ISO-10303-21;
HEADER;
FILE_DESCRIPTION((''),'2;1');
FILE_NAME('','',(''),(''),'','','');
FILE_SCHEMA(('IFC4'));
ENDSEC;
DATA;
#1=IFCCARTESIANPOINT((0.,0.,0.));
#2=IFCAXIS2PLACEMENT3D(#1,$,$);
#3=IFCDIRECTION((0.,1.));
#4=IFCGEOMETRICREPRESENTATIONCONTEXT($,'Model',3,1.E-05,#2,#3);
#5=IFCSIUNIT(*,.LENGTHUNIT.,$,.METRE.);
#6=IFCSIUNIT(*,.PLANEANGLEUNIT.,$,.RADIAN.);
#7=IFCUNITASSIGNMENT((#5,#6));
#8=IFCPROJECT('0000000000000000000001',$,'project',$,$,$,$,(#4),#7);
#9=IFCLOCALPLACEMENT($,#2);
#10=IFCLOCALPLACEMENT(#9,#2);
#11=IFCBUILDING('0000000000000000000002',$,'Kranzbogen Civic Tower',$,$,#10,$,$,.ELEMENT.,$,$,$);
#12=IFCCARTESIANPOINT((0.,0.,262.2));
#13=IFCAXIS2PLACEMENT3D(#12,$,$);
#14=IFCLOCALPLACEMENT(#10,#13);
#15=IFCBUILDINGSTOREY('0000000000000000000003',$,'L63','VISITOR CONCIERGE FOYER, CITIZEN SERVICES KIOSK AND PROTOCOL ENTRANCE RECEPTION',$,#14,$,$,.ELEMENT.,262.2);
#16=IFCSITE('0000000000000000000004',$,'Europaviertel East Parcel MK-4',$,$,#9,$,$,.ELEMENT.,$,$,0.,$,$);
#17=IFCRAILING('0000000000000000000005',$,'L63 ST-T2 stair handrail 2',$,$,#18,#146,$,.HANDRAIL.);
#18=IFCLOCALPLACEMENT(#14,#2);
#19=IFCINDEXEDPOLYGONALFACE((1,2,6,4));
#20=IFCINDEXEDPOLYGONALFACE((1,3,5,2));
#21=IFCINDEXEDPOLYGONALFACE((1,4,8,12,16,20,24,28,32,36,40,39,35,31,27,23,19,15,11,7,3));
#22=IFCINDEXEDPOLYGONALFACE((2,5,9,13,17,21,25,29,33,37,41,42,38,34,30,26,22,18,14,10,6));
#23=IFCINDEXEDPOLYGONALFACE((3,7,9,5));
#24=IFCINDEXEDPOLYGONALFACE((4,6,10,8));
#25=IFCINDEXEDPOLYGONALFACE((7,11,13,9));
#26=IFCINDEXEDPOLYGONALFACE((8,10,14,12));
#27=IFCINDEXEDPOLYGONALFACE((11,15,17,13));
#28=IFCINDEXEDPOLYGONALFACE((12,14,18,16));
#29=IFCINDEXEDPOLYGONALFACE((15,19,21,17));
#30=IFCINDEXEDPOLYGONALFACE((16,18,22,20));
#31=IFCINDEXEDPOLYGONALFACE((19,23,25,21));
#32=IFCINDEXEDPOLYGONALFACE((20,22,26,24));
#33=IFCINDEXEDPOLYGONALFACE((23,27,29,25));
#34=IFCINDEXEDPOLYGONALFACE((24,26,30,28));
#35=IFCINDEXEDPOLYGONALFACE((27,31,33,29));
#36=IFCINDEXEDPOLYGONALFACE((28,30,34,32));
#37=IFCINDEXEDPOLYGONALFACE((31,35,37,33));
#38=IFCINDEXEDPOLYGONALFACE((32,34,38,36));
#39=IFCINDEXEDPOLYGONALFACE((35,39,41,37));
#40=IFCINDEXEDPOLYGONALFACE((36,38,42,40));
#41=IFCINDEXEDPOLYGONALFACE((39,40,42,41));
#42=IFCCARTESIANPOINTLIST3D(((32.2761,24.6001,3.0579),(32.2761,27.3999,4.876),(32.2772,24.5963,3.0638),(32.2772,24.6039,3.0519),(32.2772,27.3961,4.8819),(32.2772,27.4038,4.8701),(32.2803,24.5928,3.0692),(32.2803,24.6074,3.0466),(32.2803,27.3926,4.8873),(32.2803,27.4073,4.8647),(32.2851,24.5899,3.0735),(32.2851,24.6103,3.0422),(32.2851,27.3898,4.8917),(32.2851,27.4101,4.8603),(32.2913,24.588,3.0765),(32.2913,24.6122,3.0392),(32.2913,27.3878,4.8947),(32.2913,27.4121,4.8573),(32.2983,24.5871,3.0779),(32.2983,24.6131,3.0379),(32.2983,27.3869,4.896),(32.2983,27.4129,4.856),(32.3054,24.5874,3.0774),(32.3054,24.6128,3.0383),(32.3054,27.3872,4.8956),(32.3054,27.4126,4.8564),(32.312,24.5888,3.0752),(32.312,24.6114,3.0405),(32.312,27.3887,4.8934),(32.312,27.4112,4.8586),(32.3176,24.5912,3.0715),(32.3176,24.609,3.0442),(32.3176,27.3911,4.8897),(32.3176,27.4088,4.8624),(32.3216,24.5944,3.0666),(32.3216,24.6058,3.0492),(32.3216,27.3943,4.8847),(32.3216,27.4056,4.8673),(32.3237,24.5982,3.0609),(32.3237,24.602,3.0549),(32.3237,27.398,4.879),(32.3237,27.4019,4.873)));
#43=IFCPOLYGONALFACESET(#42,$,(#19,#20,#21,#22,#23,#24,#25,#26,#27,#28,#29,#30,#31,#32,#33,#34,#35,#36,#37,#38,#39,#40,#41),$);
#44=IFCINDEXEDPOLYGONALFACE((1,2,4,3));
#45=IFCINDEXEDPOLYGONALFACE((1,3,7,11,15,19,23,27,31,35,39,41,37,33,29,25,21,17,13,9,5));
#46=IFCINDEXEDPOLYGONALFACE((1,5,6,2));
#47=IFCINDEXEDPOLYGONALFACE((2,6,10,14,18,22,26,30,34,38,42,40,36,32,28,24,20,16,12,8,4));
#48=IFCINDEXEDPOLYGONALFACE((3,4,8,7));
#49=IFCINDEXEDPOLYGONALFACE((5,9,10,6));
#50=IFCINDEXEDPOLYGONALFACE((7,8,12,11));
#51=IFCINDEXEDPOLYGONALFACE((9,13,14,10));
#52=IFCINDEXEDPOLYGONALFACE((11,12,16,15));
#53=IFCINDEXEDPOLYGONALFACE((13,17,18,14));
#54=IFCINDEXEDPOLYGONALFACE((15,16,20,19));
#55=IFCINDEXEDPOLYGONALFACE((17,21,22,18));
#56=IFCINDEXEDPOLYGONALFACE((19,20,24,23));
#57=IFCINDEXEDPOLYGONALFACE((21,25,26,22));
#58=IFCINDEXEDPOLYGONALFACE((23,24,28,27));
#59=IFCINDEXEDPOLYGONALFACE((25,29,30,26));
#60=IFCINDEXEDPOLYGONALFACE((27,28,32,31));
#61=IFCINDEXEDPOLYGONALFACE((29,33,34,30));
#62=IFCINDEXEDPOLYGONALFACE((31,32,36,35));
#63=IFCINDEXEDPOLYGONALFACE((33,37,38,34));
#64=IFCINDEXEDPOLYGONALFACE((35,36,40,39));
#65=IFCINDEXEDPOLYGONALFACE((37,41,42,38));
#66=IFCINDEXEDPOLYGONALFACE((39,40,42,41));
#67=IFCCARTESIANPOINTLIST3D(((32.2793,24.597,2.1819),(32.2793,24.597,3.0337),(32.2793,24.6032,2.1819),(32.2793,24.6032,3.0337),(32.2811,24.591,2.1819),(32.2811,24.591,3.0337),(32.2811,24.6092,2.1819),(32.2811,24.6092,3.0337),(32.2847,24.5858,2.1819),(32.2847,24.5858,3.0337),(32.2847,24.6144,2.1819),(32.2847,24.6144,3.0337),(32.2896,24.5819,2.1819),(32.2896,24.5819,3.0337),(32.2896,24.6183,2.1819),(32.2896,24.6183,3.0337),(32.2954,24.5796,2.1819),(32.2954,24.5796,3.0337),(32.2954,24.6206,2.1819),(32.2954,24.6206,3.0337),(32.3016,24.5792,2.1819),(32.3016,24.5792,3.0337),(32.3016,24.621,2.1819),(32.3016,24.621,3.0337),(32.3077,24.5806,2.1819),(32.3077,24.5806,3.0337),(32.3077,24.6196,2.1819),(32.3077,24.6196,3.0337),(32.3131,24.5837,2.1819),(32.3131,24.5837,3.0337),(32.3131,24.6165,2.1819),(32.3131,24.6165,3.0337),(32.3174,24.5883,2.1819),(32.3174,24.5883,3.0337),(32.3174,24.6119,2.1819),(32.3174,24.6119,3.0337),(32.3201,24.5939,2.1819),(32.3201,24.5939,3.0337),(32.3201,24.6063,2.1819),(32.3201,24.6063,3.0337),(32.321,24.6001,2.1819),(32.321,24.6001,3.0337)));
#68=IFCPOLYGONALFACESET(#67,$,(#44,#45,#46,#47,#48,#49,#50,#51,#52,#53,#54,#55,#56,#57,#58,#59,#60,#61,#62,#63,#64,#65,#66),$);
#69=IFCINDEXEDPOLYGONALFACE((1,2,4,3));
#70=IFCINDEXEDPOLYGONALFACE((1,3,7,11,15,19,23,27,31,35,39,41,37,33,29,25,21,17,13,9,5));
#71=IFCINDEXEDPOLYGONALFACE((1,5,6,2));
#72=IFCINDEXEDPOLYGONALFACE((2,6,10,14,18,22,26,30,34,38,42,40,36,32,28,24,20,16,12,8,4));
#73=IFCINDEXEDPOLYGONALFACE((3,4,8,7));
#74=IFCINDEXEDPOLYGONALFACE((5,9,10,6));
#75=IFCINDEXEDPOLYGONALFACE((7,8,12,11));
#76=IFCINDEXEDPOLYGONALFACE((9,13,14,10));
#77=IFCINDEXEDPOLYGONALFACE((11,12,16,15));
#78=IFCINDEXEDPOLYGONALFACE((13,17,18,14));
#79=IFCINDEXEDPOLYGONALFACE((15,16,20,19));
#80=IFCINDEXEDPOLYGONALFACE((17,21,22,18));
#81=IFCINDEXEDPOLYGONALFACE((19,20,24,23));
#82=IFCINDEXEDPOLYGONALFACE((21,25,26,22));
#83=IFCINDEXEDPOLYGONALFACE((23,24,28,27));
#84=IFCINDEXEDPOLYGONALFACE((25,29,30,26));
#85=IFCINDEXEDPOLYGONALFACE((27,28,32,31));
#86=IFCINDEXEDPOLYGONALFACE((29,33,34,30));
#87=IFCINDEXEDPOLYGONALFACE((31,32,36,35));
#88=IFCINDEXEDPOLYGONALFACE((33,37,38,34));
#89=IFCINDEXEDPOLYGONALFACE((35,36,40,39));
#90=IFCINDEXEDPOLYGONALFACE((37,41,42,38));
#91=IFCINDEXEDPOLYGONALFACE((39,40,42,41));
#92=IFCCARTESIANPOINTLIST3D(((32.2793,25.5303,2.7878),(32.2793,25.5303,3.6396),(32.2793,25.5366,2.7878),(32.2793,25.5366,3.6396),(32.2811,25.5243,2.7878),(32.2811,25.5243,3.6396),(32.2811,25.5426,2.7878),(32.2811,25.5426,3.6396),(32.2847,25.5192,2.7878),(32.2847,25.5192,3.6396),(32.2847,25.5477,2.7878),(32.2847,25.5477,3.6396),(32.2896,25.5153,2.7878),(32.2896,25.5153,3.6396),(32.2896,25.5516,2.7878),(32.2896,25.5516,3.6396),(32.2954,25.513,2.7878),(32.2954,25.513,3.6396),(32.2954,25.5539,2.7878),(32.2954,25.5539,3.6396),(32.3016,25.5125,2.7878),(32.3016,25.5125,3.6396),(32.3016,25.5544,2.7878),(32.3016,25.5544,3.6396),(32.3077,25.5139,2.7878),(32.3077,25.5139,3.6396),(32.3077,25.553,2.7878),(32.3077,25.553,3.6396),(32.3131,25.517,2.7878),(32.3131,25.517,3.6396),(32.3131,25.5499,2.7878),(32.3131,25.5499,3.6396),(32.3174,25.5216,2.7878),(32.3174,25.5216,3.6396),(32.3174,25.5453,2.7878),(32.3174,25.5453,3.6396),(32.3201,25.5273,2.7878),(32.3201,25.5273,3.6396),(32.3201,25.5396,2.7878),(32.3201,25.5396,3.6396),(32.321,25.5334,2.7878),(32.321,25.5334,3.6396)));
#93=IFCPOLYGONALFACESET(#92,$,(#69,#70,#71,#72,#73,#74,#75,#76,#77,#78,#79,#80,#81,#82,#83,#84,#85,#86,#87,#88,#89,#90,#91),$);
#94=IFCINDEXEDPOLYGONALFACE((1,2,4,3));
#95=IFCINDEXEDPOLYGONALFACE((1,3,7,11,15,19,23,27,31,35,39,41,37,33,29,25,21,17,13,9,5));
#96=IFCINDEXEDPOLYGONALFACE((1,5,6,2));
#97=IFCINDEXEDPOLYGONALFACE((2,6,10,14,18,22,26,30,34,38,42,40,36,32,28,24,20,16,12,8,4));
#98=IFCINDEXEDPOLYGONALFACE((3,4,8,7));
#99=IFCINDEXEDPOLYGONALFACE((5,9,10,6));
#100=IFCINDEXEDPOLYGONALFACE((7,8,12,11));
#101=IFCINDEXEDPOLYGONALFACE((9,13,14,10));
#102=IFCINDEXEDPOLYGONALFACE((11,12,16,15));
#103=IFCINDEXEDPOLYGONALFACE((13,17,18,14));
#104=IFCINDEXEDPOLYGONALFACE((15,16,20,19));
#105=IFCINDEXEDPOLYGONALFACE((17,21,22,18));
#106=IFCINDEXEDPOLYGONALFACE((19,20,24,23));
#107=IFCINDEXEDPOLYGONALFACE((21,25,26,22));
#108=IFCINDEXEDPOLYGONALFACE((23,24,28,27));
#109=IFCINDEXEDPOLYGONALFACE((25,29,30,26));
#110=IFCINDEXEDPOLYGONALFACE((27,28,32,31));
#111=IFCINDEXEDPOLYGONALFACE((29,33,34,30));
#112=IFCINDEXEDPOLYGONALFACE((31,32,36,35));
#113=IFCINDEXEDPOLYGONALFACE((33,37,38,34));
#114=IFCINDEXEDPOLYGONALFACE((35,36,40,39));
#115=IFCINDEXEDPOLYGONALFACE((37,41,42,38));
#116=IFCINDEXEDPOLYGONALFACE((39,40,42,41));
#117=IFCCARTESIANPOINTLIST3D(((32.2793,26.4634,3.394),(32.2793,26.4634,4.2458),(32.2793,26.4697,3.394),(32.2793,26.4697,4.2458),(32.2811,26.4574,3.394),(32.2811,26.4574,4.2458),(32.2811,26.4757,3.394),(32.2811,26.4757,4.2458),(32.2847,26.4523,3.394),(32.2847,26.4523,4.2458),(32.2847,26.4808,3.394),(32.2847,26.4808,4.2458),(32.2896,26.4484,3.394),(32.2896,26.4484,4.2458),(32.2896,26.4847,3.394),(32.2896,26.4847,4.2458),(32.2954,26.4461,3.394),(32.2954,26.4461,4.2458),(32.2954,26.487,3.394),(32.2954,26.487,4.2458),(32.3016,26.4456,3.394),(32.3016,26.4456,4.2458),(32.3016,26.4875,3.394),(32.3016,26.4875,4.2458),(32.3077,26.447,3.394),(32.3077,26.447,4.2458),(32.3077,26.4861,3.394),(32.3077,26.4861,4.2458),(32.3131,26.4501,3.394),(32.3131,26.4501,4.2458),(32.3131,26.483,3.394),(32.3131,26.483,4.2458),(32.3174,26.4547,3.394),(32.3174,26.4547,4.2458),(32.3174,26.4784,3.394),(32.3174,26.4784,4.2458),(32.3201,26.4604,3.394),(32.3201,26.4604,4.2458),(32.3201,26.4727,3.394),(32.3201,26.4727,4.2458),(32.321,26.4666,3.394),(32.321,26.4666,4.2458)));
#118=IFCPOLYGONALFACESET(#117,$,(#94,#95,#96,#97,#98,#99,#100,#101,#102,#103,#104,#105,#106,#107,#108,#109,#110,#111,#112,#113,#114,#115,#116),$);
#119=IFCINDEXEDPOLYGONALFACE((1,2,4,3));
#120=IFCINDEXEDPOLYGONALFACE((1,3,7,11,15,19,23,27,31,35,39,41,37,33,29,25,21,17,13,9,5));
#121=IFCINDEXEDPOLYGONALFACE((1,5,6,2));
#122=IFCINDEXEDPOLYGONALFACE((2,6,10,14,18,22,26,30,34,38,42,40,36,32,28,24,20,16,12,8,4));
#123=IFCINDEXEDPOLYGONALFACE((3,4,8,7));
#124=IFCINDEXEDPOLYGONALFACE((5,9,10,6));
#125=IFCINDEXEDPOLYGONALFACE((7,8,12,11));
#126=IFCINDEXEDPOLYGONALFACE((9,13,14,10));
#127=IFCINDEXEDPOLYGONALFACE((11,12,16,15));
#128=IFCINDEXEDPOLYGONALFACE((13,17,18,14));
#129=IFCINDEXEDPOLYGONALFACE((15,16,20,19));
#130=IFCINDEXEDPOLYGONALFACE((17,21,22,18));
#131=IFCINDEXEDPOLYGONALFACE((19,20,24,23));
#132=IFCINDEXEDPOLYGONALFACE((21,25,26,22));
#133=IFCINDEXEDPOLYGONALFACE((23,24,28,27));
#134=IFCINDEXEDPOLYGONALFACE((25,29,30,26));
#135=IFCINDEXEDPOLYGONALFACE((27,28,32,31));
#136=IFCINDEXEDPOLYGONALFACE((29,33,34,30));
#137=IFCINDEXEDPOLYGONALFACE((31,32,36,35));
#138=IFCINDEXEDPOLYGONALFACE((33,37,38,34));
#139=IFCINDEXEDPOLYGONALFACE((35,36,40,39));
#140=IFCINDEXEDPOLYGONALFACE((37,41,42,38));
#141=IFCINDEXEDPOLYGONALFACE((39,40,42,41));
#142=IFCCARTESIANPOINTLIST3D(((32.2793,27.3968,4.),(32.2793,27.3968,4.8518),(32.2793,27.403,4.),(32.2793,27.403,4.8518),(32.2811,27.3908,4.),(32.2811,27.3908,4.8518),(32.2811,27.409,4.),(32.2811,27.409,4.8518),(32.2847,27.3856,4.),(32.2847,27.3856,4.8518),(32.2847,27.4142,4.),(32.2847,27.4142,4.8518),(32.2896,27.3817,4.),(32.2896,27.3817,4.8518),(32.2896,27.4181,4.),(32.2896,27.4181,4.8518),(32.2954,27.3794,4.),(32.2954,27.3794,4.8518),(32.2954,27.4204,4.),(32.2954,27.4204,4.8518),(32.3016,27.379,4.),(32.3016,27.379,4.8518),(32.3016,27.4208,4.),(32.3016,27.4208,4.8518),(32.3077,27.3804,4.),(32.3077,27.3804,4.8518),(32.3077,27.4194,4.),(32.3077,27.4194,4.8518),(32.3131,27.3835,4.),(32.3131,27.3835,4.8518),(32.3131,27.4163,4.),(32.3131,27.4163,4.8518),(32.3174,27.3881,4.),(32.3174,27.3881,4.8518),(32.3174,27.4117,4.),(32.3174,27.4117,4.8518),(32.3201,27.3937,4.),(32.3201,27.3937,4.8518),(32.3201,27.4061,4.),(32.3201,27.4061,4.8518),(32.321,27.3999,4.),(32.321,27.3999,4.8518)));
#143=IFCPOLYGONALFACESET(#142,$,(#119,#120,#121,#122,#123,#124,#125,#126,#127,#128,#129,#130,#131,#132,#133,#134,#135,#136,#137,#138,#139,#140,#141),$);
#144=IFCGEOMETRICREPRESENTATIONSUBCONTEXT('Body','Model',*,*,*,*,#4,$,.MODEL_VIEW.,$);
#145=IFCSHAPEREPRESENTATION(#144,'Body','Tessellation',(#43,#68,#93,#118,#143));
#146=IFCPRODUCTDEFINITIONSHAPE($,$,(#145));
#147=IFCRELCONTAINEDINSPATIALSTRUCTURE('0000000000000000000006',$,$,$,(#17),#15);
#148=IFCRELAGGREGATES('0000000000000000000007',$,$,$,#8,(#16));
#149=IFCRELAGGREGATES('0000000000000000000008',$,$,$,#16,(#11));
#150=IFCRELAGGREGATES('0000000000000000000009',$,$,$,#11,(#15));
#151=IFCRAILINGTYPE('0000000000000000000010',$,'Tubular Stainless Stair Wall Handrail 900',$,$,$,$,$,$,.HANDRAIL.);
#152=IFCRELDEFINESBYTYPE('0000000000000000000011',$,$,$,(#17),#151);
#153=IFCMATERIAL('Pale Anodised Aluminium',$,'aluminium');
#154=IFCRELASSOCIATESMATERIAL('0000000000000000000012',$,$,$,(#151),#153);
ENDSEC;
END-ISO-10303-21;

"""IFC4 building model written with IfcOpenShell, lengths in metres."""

from ifc_helpers import new_model, si_unit, direction, frame, origin, origin_2d, place, context, subcontext, project, spatial, circle, extrude, material, type_object, element, save


model = new_model("IFC4")

# Units and contexts
model_context = context("Model", 3, precision=1e-05, world=origin(), true_north=direction((0.0, 1.0)))
body_context = subcontext(model_context, "Body", "Model", "MODEL_VIEW")
ifc_project = project(units=[si_unit("LENGTHUNIT", "METRE"), si_unit("PLANEANGLEUNIT", "RADIAN")], contexts=[model_context])

# Site, building, storey
site_placement = place(None, origin())
site = spatial("IfcSite", under=ifc_project, at=site_placement, Name="Europaviertel East Parcel MK-4", CompositionType="ELEMENT", RefElevation=0.0)
building_placement = place(site_placement, origin())
building = spatial("IfcBuilding", under=site, at=building_placement, Name="Kranzbogen Civic Tower", CompositionType="ELEMENT")
storey_placement = place(building_placement, frame((0.0, 0.0, 262.2)))
storey = spatial("IfcBuildingStorey", under=building, at=storey_placement, Name="L63", Description="VISITOR CONCIERGE FOYER, CITIZEN SERVICES KIOSK AND PROTOCOL ENTRANCE RECEPTION", CompositionType="ELEMENT", Elevation=262.2)

# Shared definitions
ifc_material_1 = material(Name="Pale Anodised Aluminium", Category="aluminium")

# Railing
railing_type_1 = type_object("IfcRailingType", Name="Tubular Stainless Stair Wall Handrail 900", PredefinedType="HANDRAIL", material=ifc_material_1)
railing_1_placement = place(storey_placement, frame((32.3, 24.6001, 2.1819)))
element("IfcRailing", 1, at=railing_1_placement, inside=storey, type_object=railing_type_1, Name="L63 ST-T2 stair handrail 2", PredefinedType="HANDRAIL", context=body_context, shape_type="SweptSolid", body=[
    extrude(circle(Radius=0.0239, at=origin_2d()), frame((0.0, 0.0, 0.876), z_axis=(0.0, 0.838684, 0.544618), x_axis=(-1.0, 0.0, 0.0)), (0.0, 0.0, 1.0), 3.3384),
    extrude(circle(Radius=0.021, at=origin_2d()), origin(), (0.0, 0.0, 1.0), 0.8518),
    extrude(circle(Radius=0.021, at=origin_2d()), frame((0.0, 0.9333, 0.606)), (0.0, 0.0, 1.0), 0.8518),
    extrude(circle(Radius=0.021, at=origin_2d()), frame((0.0, 1.8665, 1.2122)), (0.0, 0.0, 1.0), 0.8518),
    extrude(circle(Radius=0.021, at=origin_2d()), frame((0.0, 2.7998, 1.8181)), (0.0, 0.0, 1.0), 0.8518),
])

save(model, "model.ifc")
